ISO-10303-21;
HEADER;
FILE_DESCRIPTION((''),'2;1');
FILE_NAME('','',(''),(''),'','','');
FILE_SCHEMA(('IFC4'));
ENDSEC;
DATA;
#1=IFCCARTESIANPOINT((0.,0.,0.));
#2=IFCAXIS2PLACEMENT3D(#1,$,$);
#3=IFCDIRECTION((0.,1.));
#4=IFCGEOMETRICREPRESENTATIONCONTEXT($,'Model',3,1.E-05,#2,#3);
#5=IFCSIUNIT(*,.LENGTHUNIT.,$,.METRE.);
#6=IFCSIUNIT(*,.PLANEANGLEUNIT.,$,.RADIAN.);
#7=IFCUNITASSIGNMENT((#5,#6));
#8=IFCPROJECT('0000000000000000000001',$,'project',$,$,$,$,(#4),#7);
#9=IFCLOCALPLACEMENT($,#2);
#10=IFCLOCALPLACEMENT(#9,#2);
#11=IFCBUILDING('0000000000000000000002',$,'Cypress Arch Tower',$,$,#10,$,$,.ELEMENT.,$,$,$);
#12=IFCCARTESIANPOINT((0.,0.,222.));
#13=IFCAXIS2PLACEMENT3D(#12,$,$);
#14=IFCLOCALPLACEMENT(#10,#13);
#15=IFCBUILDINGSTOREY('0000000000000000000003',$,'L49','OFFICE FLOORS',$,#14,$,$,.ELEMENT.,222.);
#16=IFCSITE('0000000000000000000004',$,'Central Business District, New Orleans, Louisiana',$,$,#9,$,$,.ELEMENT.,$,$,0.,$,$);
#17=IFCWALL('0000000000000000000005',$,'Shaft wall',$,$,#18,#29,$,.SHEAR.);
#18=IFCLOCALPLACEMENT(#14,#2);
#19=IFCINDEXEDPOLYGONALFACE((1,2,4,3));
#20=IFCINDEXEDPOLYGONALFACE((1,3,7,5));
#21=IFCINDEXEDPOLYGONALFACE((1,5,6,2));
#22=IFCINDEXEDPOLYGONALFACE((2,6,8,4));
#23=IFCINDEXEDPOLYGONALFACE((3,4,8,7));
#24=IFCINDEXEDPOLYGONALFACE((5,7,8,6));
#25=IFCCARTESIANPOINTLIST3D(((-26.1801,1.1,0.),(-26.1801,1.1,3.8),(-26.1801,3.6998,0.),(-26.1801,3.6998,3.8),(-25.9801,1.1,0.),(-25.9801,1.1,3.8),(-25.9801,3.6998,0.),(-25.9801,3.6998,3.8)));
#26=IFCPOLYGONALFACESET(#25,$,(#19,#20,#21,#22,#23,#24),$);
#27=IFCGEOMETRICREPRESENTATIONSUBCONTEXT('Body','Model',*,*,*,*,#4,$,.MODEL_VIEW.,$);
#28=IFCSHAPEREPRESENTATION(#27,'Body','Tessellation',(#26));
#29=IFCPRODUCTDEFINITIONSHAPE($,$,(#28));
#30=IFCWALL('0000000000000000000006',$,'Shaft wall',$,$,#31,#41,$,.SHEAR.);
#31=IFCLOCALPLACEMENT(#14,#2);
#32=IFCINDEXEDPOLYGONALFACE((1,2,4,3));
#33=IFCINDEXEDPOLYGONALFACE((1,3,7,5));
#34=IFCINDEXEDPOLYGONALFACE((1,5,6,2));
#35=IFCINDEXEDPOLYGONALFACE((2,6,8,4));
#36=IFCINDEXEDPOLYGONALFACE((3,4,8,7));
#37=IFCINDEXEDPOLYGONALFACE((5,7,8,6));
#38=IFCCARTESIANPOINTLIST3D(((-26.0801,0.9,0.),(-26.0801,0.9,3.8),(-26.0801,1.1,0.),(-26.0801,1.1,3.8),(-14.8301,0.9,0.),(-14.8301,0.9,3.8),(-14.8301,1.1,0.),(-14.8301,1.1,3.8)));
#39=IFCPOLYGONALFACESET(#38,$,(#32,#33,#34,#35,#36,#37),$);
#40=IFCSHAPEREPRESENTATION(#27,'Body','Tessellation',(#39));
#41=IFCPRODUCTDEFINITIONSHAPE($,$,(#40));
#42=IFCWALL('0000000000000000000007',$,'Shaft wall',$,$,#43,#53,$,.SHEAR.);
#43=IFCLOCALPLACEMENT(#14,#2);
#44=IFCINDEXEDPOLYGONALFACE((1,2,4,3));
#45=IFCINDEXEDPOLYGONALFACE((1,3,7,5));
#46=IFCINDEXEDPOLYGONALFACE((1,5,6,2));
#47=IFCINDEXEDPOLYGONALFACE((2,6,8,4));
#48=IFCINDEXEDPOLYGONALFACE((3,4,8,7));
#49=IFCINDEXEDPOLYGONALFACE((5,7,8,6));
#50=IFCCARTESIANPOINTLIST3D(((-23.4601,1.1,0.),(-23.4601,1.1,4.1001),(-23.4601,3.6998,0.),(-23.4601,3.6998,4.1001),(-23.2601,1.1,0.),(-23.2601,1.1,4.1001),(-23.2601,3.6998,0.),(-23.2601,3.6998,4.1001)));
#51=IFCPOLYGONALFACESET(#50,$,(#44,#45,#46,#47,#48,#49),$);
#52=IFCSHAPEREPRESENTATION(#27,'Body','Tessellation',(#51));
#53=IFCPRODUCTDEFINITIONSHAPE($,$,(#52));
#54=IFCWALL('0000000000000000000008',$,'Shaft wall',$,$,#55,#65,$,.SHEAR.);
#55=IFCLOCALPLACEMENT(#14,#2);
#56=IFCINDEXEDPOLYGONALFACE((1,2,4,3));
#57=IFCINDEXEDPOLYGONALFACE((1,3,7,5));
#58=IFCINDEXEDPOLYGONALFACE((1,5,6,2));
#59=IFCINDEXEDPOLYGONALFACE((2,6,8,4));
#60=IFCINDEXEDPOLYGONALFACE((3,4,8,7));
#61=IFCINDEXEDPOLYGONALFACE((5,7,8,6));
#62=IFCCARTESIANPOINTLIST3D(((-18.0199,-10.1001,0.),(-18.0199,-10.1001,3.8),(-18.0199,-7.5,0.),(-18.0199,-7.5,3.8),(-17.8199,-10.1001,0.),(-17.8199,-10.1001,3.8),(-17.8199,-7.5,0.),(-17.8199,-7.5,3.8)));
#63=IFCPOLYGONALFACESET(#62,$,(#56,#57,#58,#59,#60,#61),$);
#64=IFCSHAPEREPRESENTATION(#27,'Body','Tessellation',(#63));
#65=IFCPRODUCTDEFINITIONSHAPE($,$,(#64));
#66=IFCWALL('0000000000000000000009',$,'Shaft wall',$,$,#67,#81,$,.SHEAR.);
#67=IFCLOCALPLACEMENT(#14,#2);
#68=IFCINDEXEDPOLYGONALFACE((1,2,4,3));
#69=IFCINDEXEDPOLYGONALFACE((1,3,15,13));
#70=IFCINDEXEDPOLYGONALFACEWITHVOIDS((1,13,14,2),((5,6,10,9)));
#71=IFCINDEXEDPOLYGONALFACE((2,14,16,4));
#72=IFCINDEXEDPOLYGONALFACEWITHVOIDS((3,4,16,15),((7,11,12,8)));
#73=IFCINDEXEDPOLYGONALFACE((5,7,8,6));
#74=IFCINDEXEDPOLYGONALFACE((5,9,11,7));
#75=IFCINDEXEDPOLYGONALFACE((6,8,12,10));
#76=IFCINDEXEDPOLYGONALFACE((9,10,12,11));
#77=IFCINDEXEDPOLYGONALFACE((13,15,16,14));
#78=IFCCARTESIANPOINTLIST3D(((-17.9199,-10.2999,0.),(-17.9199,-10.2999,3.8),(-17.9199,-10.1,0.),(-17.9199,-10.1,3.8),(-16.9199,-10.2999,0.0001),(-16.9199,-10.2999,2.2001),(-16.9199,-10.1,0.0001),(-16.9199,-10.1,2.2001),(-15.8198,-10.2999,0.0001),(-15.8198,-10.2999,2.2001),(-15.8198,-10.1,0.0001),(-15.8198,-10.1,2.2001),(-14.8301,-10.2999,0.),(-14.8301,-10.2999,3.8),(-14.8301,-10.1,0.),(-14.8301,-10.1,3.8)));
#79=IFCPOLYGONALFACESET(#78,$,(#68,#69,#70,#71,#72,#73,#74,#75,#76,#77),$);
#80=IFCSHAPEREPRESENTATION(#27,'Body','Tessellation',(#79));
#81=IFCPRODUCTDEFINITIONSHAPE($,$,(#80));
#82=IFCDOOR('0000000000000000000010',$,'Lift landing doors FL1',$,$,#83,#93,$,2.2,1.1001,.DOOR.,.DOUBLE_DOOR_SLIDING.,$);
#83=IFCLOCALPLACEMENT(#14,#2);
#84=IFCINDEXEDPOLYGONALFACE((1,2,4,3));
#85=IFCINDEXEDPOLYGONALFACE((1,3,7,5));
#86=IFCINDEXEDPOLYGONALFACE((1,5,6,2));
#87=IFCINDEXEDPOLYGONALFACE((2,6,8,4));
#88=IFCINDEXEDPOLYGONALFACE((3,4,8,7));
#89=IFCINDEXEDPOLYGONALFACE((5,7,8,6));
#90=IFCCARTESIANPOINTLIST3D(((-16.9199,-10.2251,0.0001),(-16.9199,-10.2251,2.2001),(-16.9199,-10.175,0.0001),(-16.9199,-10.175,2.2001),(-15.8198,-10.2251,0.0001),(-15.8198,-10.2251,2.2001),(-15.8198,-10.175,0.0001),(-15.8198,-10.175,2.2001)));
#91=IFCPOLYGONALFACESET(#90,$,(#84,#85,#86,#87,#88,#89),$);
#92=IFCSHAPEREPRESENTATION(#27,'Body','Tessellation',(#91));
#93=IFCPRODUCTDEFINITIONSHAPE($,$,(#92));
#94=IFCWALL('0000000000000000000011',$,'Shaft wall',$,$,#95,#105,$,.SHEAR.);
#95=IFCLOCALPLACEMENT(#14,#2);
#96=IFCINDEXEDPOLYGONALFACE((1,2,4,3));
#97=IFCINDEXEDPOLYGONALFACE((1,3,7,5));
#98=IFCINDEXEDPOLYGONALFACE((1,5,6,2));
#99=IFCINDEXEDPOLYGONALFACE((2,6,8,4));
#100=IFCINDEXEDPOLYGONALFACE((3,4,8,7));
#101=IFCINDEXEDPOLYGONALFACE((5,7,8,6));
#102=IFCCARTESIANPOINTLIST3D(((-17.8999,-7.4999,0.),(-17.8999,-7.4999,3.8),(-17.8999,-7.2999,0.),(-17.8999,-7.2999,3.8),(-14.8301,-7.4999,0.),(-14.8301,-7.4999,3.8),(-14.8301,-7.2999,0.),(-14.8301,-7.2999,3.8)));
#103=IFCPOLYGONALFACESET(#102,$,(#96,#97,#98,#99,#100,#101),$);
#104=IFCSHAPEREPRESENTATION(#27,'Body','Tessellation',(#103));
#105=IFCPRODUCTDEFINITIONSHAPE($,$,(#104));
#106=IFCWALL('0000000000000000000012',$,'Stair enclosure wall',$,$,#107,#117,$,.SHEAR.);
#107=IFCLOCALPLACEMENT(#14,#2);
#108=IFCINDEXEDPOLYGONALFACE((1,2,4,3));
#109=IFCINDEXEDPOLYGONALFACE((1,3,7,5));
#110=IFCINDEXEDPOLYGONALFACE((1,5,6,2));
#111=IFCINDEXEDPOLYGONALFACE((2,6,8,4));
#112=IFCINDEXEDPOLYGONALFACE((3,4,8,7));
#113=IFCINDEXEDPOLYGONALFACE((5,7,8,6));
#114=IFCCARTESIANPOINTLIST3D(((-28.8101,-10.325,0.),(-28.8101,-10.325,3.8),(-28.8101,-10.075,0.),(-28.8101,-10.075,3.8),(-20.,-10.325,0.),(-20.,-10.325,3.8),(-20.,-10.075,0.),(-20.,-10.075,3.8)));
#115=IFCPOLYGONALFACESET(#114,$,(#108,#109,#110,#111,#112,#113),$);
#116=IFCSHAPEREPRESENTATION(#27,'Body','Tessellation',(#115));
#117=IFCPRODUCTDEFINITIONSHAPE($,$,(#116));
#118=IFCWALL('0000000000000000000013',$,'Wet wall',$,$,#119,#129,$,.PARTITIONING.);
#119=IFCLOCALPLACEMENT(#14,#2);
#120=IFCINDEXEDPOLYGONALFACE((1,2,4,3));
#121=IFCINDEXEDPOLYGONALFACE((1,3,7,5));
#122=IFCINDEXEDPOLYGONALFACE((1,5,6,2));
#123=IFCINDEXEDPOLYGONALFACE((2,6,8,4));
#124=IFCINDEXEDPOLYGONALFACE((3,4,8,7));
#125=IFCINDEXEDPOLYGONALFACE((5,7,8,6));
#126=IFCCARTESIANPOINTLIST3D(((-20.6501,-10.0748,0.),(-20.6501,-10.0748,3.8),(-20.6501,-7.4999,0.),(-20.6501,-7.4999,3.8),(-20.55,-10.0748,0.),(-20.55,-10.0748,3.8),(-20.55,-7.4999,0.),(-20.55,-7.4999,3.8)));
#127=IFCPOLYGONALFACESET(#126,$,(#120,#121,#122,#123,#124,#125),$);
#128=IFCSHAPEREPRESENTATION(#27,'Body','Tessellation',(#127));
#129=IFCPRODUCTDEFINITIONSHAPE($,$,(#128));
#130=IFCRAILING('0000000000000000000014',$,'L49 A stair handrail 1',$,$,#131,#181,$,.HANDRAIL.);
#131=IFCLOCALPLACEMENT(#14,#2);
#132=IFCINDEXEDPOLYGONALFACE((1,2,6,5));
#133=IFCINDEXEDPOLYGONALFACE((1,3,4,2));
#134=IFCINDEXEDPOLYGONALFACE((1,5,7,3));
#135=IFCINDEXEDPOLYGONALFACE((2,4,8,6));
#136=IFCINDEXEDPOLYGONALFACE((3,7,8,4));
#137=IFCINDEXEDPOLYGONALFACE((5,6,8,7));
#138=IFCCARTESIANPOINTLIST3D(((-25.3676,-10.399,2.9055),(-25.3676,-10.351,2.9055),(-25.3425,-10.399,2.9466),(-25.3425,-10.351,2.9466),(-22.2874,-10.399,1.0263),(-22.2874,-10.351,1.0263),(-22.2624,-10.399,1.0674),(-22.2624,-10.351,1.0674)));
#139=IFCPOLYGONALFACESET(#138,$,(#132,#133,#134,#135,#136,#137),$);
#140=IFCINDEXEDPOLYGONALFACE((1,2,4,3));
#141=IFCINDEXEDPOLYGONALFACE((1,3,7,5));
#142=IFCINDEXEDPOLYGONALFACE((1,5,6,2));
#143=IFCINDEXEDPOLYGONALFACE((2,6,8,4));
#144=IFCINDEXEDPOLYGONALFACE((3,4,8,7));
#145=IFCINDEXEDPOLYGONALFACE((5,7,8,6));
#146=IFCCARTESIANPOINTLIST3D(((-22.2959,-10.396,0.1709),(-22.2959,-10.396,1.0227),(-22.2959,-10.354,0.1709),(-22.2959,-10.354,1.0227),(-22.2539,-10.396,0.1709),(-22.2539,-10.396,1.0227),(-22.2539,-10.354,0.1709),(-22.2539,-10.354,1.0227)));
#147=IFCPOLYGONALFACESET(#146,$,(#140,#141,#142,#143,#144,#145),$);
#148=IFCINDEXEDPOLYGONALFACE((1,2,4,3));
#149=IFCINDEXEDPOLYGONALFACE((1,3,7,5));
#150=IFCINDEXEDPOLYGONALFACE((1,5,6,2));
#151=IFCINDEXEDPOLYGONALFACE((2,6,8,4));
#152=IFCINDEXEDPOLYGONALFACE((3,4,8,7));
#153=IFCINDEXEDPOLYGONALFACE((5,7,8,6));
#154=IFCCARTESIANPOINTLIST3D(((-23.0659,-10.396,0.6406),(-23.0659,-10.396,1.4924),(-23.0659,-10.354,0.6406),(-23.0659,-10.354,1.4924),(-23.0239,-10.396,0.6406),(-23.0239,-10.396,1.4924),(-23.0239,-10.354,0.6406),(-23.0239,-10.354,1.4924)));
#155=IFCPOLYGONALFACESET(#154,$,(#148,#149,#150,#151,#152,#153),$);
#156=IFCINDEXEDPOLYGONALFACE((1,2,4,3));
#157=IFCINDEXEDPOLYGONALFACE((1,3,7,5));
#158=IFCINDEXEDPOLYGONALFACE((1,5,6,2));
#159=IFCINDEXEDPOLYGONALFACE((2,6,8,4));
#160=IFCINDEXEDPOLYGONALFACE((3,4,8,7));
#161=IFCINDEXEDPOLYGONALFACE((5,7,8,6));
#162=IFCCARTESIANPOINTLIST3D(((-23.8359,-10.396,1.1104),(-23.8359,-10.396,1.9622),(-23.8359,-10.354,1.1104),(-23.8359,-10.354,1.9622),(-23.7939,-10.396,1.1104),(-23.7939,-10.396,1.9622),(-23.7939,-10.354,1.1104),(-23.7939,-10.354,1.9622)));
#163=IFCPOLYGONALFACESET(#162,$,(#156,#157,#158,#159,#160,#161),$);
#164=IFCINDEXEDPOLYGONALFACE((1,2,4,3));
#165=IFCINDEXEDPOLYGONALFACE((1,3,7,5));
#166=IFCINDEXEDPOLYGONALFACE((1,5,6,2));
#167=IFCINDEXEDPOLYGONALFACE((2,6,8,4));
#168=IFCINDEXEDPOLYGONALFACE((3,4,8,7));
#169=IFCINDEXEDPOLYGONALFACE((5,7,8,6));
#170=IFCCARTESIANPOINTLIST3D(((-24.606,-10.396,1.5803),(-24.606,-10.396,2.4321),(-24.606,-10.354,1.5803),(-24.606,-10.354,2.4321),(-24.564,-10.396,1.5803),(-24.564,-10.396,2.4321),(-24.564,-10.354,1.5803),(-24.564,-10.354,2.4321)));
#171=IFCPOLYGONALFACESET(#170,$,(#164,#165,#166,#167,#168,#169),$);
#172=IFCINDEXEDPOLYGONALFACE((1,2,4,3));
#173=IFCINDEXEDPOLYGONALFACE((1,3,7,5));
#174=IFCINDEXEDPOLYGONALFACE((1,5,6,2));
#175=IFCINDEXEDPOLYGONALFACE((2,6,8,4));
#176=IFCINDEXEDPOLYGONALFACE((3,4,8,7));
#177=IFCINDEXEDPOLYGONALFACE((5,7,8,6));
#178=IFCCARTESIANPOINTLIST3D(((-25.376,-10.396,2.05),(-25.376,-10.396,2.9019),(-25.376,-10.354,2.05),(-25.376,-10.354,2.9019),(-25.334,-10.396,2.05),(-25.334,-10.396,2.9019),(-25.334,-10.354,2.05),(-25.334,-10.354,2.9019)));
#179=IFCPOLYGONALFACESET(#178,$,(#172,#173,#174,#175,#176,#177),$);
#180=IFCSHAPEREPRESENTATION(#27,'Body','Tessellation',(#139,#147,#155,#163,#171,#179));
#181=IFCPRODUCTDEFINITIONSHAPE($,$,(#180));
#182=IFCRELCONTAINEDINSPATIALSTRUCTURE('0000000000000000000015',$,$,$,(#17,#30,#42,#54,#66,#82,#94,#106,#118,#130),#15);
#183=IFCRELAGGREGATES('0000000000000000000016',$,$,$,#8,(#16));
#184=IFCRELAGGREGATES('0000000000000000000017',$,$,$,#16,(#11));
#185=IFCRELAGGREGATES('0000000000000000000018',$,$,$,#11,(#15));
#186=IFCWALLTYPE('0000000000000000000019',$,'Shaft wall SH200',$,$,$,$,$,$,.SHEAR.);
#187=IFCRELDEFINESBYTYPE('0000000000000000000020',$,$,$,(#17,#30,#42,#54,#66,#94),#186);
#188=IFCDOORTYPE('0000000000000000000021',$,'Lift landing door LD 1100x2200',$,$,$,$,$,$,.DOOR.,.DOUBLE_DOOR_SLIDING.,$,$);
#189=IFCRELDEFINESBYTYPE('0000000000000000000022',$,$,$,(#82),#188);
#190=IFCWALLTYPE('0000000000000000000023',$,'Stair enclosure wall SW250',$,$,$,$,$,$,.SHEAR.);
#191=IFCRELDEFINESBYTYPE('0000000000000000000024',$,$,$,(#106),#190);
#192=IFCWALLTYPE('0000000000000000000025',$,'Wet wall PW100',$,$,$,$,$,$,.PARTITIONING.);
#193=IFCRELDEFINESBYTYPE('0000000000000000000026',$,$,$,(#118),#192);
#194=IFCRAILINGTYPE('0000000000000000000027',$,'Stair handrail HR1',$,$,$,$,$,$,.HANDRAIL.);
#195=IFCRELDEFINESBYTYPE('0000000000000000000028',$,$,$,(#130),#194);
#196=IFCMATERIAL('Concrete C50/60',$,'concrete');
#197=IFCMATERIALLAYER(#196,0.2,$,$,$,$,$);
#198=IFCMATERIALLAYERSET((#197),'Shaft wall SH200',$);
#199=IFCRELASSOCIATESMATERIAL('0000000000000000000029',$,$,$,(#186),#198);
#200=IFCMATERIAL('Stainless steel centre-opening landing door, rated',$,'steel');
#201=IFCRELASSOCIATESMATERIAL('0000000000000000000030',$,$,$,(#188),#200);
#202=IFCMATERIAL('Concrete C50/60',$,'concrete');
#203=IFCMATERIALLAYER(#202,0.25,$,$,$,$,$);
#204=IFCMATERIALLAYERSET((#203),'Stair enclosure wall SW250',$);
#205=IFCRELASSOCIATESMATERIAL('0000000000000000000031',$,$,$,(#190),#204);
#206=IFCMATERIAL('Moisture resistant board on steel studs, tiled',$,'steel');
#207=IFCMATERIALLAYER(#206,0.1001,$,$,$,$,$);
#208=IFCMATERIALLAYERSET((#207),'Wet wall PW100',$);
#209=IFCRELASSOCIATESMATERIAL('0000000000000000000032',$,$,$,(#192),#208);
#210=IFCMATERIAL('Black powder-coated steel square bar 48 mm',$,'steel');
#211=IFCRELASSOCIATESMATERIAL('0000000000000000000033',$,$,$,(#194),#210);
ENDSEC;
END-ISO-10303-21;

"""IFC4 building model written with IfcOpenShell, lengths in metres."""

from ifc_helpers import new_model, si_unit, direction, frame, frame_2d, origin, origin_2d, place, context, subcontext, project, spatial, rectangle, extrude, material, layer, layer_set, type_object, element, fill, save


model = new_model("IFC4")

# Units and contexts
model_context = context("Model", 3, precision=1e-05, world=origin(), true_north=direction((0.0, 1.0)))
body_context = subcontext(model_context, "Body", "Model", "MODEL_VIEW")
ifc_project = project(units=[si_unit("LENGTHUNIT", "METRE"), si_unit("PLANEANGLEUNIT", "RADIAN")], contexts=[model_context])

# Site, building, storey
site_placement = place(None, origin())
site = spatial("IfcSite", under=ifc_project, at=site_placement, Name="Central Business District, New Orleans, Louisiana", CompositionType="ELEMENT", RefElevation=0.0)
building_placement = place(site_placement, origin())
building = spatial("IfcBuilding", under=site, at=building_placement, Name="Cypress Arch Tower", CompositionType="ELEMENT")
storey_placement = place(building_placement, frame((0.0, 0.0, 222.0)))
storey = spatial("IfcBuildingStorey", under=building, at=storey_placement, Name="L49", Description="OFFICE FLOORS", CompositionType="ELEMENT", Elevation=222.0)

# Walls
ifc_material_1 = material(Name="Concrete C50/60", Category="concrete")
ifc_layer_1 = layer(ifc_material_1, 0.2)
ifc_layer_set_1 = layer_set([ifc_layer_1], Name="Shaft wall SH200")
wall_type_1 = type_object("IfcWallType", Name="Shaft wall SH200", PredefinedType="SHEAR", material=ifc_layer_set_1)
wall_1_placement = place(storey_placement, frame((-26.0801, 1.1001, 0.0), z_axis=(0.0, 0.0, 1.0), x_axis=(0.0, 1.0, 0.0)))
element("IfcWall", 1, at=wall_1_placement, inside=storey, type_object=wall_type_1, Name="Shaft wall", PredefinedType="SHEAR", context=body_context, shape_type="SweptSolid", body=[
    extrude(rectangle(XDim=2.5999, YDim=0.2, at=frame_2d((1.2998, 0.0))), origin(), (0.0, 0.0, 1.0), 3.8),
])
wall_2_placement = place(storey_placement, frame((-26.0801, 1.0, 0.0), z_axis=(0.0, 0.0, 1.0), x_axis=(1.0, 0.0, 0.0)))
element("IfcWall", 2, at=wall_2_placement, inside=storey, type_object=wall_type_1, Name="Shaft wall", PredefinedType="SHEAR", context=body_context, shape_type="SweptSolid", body=[
    extrude(rectangle(XDim=11.25, YDim=0.2, at=frame_2d((5.625, 0.0))), origin(), (0.0, 0.0, 1.0), 3.8),
])
wall_3_placement = place(storey_placement, frame((-23.3601, 1.1001, 0.0), z_axis=(0.0, 0.0, 1.0), x_axis=(0.0, 1.0, 0.0)))
element("IfcWall", 3, at=wall_3_placement, inside=storey, type_object=wall_type_1, Name="Shaft wall", PredefinedType="SHEAR", context=body_context, shape_type="SweptSolid", body=[
    extrude(rectangle(XDim=2.5999, YDim=0.2, at=frame_2d((1.2998, 0.0))), origin(), (0.0, 0.0, 1.0), 4.1001),
])
wall_4_placement = place(storey_placement, frame((-17.9199, -10.1001, 0.0), z_axis=(0.0, 0.0, 1.0), x_axis=(0.0, 1.0, 0.0)))
element("IfcWall", 4, at=wall_4_placement, inside=storey, type_object=wall_type_1, Name="Shaft wall", PredefinedType="SHEAR", context=body_context, shape_type="SweptSolid", body=[
    extrude(rectangle(XDim=2.6001, YDim=0.2, at=frame_2d((1.3, 0.0))), origin(), (0.0, 0.0, 1.0), 3.8),
])

# Wall, opening, door
wall_5_placement = place(storey_placement, frame((-17.9199, -10.2, 0.0), z_axis=(0.0, 0.0, 1.0), x_axis=(1.0, 0.0, 0.0)))
wall_5 = element("IfcWall", 5, at=wall_5_placement, inside=storey, type_object=wall_type_1, Name="Shaft wall", PredefinedType="SHEAR", context=body_context, shape_type="SweptSolid", body=[
    extrude(rectangle(XDim=3.0898, YDim=0.2, at=frame_2d((1.5449, 0.0))), origin(), (0.0, 0.0, 1.0), 3.8),
])
opening_1_placement = place(wall_5_placement, frame((1.0, 0.0, 0.0)))
opening_1 = element("IfcOpeningElement", 6, at=opening_1_placement, cuts=wall_5, PredefinedType="OPENING", context=body_context, shape_type="SweptSolid", body=[
    extrude(rectangle(XDim=1.1001, YDim=2.2, at=frame_2d((0.55, 1.1001))), frame((0.0, 0.1099, 0.0), z_axis=(0.0, -1.0, 0.0), x_axis=(1.0, 0.0, 0.0)), (0.0, 0.0, 1.0), 0.22),
])
ifc_material_2 = material(Name="Stainless steel centre-opening landing door, rated", Category="steel")
door_type_1 = type_object("IfcDoorType", Name="Lift landing door LD 1100x2200", OperationType="DOUBLE_DOOR_SLIDING", PredefinedType="DOOR", material=ifc_material_2)
door_1_placement = place(opening_1_placement, origin())
door_1 = element("IfcDoor", 7, at=door_1_placement, inside=storey, type_object=door_type_1, Name="Lift landing doors FL1", OperationType="DOUBLE_DOOR_SLIDING", OverallHeight=2.2, OverallWidth=1.1001, PredefinedType="DOOR", context=body_context, shape_type="SweptSolid", body=[
    extrude(rectangle(XDim=1.1001, YDim=2.2, at=frame_2d((0.55, 1.1001))), frame((0.0, 0.0249, 0.0), z_axis=(0.0, -1.0, 0.0), x_axis=(1.0, 0.0, 0.0)), (0.0, 0.0, 1.0), 0.05),
])
fill(opening_1, door_1)

# Walls
wall_6_placement = place(storey_placement, frame((-17.8999, -7.3999, 0.0), z_axis=(0.0, 0.0, 1.0), x_axis=(1.0, 0.0, 0.0)))
element("IfcWall", 8, at=wall_6_placement, inside=storey, type_object=wall_type_1, Name="Shaft wall", PredefinedType="SHEAR", context=body_context, shape_type="SweptSolid", body=[
    extrude(rectangle(XDim=3.0698, YDim=0.2, at=frame_2d((1.5349, 0.0))), origin(), (0.0, 0.0, 1.0), 3.8),
])
ifc_material_3 = material(Name="Concrete C50/60", Category="concrete")
ifc_layer_2 = layer(ifc_material_3, 0.25)
ifc_layer_set_2 = layer_set([ifc_layer_2], Name="Stair enclosure wall SW250")
wall_type_2 = type_object("IfcWallType", Name="Stair enclosure wall SW250", PredefinedType="SHEAR", material=ifc_layer_set_2)
wall_7_placement = place(storey_placement, frame((-28.8101, -10.2, 0.0), z_axis=(0.0, 0.0, 1.0), x_axis=(1.0, 0.0, 0.0)))
element("IfcWall", 9, at=wall_7_placement, inside=storey, type_object=wall_type_2, Name="Stair enclosure wall", PredefinedType="SHEAR", context=body_context, shape_type="SweptSolid", body=[
    extrude(rectangle(XDim=8.8101, YDim=0.25, at=frame_2d((4.405, 0.0))), origin(), (0.0, 0.0, 1.0), 3.8),
])
ifc_material_4 = material(Name="Moisture resistant board on steel studs, tiled", Category="steel")
ifc_layer_3 = layer(ifc_material_4, 0.1001)
ifc_layer_set_3 = layer_set([ifc_layer_3], Name="Wet wall PW100")
wall_type_3 = type_object("IfcWallType", Name="Wet wall PW100", PredefinedType="PARTITIONING", material=ifc_layer_set_3)
wall_8_placement = place(storey_placement, frame((-20.6001, -10.075, 0.0), z_axis=(0.0, 0.0, 1.0), x_axis=(0.0, 1.0, 0.0)))
element("IfcWall", 10, at=wall_8_placement, inside=storey, type_object=wall_type_3, Name="Wet wall", PredefinedType="PARTITIONING", context=body_context, shape_type="SweptSolid", body=[
    extrude(rectangle(XDim=2.575, YDim=0.1001, at=frame_2d((1.2876, 0.0))), origin(), (0.0, 0.0, 1.0), 3.8),
])

# Railing
ifc_material_5 = material(Name="Black powder-coated steel square bar 48 mm", Category="steel")
railing_type_1 = type_object("IfcRailingType", Name="Stair handrail HR1", PredefinedType="HANDRAIL", material=ifc_material_5)
railing_1_placement = place(storey_placement, frame((-22.2749, -10.375, 0.1709)))
element("IfcRailing", 11, at=railing_1_placement, inside=storey, type_object=railing_type_1, Name="L49 A stair handrail 1", PredefinedType="HANDRAIL", context=body_context, shape_type="SweptSolid", body=[
    extrude(rectangle(XDim=0.0481, YDim=0.0481, at=origin_2d()), frame((0.0, 0.0, 0.876), z_axis=(-0.853666, 0.0, 0.52082), x_axis=(0.0, -1.0, 0.0)), (0.0, 0.0, 1.0), 3.6082),
    extrude(rectangle(XDim=0.042, YDim=0.042, at=origin_2d()), origin(), (0.0, 0.0, 1.0), 0.8518),
    extrude(rectangle(XDim=0.042, YDim=0.042, at=origin_2d()), frame((-0.77, 0.0, 0.4697)), (0.0, 0.0, 1.0), 0.8518),
    extrude(rectangle(XDim=0.042, YDim=0.042, at=origin_2d()), frame((-1.54, 0.0, 0.9395)), (0.0, 0.0, 1.0), 0.8518),
    extrude(rectangle(XDim=0.042, YDim=0.042, at=origin_2d()), frame((-2.3101, 0.0, 1.4094)), (0.0, 0.0, 1.0), 0.8518),
    extrude(rectangle(XDim=0.042, YDim=0.042, at=origin_2d()), frame((-3.0801, 0.0, 1.8792)), (0.0, 0.0, 1.0), 0.8518),
])

save(model, "model.ifc")
